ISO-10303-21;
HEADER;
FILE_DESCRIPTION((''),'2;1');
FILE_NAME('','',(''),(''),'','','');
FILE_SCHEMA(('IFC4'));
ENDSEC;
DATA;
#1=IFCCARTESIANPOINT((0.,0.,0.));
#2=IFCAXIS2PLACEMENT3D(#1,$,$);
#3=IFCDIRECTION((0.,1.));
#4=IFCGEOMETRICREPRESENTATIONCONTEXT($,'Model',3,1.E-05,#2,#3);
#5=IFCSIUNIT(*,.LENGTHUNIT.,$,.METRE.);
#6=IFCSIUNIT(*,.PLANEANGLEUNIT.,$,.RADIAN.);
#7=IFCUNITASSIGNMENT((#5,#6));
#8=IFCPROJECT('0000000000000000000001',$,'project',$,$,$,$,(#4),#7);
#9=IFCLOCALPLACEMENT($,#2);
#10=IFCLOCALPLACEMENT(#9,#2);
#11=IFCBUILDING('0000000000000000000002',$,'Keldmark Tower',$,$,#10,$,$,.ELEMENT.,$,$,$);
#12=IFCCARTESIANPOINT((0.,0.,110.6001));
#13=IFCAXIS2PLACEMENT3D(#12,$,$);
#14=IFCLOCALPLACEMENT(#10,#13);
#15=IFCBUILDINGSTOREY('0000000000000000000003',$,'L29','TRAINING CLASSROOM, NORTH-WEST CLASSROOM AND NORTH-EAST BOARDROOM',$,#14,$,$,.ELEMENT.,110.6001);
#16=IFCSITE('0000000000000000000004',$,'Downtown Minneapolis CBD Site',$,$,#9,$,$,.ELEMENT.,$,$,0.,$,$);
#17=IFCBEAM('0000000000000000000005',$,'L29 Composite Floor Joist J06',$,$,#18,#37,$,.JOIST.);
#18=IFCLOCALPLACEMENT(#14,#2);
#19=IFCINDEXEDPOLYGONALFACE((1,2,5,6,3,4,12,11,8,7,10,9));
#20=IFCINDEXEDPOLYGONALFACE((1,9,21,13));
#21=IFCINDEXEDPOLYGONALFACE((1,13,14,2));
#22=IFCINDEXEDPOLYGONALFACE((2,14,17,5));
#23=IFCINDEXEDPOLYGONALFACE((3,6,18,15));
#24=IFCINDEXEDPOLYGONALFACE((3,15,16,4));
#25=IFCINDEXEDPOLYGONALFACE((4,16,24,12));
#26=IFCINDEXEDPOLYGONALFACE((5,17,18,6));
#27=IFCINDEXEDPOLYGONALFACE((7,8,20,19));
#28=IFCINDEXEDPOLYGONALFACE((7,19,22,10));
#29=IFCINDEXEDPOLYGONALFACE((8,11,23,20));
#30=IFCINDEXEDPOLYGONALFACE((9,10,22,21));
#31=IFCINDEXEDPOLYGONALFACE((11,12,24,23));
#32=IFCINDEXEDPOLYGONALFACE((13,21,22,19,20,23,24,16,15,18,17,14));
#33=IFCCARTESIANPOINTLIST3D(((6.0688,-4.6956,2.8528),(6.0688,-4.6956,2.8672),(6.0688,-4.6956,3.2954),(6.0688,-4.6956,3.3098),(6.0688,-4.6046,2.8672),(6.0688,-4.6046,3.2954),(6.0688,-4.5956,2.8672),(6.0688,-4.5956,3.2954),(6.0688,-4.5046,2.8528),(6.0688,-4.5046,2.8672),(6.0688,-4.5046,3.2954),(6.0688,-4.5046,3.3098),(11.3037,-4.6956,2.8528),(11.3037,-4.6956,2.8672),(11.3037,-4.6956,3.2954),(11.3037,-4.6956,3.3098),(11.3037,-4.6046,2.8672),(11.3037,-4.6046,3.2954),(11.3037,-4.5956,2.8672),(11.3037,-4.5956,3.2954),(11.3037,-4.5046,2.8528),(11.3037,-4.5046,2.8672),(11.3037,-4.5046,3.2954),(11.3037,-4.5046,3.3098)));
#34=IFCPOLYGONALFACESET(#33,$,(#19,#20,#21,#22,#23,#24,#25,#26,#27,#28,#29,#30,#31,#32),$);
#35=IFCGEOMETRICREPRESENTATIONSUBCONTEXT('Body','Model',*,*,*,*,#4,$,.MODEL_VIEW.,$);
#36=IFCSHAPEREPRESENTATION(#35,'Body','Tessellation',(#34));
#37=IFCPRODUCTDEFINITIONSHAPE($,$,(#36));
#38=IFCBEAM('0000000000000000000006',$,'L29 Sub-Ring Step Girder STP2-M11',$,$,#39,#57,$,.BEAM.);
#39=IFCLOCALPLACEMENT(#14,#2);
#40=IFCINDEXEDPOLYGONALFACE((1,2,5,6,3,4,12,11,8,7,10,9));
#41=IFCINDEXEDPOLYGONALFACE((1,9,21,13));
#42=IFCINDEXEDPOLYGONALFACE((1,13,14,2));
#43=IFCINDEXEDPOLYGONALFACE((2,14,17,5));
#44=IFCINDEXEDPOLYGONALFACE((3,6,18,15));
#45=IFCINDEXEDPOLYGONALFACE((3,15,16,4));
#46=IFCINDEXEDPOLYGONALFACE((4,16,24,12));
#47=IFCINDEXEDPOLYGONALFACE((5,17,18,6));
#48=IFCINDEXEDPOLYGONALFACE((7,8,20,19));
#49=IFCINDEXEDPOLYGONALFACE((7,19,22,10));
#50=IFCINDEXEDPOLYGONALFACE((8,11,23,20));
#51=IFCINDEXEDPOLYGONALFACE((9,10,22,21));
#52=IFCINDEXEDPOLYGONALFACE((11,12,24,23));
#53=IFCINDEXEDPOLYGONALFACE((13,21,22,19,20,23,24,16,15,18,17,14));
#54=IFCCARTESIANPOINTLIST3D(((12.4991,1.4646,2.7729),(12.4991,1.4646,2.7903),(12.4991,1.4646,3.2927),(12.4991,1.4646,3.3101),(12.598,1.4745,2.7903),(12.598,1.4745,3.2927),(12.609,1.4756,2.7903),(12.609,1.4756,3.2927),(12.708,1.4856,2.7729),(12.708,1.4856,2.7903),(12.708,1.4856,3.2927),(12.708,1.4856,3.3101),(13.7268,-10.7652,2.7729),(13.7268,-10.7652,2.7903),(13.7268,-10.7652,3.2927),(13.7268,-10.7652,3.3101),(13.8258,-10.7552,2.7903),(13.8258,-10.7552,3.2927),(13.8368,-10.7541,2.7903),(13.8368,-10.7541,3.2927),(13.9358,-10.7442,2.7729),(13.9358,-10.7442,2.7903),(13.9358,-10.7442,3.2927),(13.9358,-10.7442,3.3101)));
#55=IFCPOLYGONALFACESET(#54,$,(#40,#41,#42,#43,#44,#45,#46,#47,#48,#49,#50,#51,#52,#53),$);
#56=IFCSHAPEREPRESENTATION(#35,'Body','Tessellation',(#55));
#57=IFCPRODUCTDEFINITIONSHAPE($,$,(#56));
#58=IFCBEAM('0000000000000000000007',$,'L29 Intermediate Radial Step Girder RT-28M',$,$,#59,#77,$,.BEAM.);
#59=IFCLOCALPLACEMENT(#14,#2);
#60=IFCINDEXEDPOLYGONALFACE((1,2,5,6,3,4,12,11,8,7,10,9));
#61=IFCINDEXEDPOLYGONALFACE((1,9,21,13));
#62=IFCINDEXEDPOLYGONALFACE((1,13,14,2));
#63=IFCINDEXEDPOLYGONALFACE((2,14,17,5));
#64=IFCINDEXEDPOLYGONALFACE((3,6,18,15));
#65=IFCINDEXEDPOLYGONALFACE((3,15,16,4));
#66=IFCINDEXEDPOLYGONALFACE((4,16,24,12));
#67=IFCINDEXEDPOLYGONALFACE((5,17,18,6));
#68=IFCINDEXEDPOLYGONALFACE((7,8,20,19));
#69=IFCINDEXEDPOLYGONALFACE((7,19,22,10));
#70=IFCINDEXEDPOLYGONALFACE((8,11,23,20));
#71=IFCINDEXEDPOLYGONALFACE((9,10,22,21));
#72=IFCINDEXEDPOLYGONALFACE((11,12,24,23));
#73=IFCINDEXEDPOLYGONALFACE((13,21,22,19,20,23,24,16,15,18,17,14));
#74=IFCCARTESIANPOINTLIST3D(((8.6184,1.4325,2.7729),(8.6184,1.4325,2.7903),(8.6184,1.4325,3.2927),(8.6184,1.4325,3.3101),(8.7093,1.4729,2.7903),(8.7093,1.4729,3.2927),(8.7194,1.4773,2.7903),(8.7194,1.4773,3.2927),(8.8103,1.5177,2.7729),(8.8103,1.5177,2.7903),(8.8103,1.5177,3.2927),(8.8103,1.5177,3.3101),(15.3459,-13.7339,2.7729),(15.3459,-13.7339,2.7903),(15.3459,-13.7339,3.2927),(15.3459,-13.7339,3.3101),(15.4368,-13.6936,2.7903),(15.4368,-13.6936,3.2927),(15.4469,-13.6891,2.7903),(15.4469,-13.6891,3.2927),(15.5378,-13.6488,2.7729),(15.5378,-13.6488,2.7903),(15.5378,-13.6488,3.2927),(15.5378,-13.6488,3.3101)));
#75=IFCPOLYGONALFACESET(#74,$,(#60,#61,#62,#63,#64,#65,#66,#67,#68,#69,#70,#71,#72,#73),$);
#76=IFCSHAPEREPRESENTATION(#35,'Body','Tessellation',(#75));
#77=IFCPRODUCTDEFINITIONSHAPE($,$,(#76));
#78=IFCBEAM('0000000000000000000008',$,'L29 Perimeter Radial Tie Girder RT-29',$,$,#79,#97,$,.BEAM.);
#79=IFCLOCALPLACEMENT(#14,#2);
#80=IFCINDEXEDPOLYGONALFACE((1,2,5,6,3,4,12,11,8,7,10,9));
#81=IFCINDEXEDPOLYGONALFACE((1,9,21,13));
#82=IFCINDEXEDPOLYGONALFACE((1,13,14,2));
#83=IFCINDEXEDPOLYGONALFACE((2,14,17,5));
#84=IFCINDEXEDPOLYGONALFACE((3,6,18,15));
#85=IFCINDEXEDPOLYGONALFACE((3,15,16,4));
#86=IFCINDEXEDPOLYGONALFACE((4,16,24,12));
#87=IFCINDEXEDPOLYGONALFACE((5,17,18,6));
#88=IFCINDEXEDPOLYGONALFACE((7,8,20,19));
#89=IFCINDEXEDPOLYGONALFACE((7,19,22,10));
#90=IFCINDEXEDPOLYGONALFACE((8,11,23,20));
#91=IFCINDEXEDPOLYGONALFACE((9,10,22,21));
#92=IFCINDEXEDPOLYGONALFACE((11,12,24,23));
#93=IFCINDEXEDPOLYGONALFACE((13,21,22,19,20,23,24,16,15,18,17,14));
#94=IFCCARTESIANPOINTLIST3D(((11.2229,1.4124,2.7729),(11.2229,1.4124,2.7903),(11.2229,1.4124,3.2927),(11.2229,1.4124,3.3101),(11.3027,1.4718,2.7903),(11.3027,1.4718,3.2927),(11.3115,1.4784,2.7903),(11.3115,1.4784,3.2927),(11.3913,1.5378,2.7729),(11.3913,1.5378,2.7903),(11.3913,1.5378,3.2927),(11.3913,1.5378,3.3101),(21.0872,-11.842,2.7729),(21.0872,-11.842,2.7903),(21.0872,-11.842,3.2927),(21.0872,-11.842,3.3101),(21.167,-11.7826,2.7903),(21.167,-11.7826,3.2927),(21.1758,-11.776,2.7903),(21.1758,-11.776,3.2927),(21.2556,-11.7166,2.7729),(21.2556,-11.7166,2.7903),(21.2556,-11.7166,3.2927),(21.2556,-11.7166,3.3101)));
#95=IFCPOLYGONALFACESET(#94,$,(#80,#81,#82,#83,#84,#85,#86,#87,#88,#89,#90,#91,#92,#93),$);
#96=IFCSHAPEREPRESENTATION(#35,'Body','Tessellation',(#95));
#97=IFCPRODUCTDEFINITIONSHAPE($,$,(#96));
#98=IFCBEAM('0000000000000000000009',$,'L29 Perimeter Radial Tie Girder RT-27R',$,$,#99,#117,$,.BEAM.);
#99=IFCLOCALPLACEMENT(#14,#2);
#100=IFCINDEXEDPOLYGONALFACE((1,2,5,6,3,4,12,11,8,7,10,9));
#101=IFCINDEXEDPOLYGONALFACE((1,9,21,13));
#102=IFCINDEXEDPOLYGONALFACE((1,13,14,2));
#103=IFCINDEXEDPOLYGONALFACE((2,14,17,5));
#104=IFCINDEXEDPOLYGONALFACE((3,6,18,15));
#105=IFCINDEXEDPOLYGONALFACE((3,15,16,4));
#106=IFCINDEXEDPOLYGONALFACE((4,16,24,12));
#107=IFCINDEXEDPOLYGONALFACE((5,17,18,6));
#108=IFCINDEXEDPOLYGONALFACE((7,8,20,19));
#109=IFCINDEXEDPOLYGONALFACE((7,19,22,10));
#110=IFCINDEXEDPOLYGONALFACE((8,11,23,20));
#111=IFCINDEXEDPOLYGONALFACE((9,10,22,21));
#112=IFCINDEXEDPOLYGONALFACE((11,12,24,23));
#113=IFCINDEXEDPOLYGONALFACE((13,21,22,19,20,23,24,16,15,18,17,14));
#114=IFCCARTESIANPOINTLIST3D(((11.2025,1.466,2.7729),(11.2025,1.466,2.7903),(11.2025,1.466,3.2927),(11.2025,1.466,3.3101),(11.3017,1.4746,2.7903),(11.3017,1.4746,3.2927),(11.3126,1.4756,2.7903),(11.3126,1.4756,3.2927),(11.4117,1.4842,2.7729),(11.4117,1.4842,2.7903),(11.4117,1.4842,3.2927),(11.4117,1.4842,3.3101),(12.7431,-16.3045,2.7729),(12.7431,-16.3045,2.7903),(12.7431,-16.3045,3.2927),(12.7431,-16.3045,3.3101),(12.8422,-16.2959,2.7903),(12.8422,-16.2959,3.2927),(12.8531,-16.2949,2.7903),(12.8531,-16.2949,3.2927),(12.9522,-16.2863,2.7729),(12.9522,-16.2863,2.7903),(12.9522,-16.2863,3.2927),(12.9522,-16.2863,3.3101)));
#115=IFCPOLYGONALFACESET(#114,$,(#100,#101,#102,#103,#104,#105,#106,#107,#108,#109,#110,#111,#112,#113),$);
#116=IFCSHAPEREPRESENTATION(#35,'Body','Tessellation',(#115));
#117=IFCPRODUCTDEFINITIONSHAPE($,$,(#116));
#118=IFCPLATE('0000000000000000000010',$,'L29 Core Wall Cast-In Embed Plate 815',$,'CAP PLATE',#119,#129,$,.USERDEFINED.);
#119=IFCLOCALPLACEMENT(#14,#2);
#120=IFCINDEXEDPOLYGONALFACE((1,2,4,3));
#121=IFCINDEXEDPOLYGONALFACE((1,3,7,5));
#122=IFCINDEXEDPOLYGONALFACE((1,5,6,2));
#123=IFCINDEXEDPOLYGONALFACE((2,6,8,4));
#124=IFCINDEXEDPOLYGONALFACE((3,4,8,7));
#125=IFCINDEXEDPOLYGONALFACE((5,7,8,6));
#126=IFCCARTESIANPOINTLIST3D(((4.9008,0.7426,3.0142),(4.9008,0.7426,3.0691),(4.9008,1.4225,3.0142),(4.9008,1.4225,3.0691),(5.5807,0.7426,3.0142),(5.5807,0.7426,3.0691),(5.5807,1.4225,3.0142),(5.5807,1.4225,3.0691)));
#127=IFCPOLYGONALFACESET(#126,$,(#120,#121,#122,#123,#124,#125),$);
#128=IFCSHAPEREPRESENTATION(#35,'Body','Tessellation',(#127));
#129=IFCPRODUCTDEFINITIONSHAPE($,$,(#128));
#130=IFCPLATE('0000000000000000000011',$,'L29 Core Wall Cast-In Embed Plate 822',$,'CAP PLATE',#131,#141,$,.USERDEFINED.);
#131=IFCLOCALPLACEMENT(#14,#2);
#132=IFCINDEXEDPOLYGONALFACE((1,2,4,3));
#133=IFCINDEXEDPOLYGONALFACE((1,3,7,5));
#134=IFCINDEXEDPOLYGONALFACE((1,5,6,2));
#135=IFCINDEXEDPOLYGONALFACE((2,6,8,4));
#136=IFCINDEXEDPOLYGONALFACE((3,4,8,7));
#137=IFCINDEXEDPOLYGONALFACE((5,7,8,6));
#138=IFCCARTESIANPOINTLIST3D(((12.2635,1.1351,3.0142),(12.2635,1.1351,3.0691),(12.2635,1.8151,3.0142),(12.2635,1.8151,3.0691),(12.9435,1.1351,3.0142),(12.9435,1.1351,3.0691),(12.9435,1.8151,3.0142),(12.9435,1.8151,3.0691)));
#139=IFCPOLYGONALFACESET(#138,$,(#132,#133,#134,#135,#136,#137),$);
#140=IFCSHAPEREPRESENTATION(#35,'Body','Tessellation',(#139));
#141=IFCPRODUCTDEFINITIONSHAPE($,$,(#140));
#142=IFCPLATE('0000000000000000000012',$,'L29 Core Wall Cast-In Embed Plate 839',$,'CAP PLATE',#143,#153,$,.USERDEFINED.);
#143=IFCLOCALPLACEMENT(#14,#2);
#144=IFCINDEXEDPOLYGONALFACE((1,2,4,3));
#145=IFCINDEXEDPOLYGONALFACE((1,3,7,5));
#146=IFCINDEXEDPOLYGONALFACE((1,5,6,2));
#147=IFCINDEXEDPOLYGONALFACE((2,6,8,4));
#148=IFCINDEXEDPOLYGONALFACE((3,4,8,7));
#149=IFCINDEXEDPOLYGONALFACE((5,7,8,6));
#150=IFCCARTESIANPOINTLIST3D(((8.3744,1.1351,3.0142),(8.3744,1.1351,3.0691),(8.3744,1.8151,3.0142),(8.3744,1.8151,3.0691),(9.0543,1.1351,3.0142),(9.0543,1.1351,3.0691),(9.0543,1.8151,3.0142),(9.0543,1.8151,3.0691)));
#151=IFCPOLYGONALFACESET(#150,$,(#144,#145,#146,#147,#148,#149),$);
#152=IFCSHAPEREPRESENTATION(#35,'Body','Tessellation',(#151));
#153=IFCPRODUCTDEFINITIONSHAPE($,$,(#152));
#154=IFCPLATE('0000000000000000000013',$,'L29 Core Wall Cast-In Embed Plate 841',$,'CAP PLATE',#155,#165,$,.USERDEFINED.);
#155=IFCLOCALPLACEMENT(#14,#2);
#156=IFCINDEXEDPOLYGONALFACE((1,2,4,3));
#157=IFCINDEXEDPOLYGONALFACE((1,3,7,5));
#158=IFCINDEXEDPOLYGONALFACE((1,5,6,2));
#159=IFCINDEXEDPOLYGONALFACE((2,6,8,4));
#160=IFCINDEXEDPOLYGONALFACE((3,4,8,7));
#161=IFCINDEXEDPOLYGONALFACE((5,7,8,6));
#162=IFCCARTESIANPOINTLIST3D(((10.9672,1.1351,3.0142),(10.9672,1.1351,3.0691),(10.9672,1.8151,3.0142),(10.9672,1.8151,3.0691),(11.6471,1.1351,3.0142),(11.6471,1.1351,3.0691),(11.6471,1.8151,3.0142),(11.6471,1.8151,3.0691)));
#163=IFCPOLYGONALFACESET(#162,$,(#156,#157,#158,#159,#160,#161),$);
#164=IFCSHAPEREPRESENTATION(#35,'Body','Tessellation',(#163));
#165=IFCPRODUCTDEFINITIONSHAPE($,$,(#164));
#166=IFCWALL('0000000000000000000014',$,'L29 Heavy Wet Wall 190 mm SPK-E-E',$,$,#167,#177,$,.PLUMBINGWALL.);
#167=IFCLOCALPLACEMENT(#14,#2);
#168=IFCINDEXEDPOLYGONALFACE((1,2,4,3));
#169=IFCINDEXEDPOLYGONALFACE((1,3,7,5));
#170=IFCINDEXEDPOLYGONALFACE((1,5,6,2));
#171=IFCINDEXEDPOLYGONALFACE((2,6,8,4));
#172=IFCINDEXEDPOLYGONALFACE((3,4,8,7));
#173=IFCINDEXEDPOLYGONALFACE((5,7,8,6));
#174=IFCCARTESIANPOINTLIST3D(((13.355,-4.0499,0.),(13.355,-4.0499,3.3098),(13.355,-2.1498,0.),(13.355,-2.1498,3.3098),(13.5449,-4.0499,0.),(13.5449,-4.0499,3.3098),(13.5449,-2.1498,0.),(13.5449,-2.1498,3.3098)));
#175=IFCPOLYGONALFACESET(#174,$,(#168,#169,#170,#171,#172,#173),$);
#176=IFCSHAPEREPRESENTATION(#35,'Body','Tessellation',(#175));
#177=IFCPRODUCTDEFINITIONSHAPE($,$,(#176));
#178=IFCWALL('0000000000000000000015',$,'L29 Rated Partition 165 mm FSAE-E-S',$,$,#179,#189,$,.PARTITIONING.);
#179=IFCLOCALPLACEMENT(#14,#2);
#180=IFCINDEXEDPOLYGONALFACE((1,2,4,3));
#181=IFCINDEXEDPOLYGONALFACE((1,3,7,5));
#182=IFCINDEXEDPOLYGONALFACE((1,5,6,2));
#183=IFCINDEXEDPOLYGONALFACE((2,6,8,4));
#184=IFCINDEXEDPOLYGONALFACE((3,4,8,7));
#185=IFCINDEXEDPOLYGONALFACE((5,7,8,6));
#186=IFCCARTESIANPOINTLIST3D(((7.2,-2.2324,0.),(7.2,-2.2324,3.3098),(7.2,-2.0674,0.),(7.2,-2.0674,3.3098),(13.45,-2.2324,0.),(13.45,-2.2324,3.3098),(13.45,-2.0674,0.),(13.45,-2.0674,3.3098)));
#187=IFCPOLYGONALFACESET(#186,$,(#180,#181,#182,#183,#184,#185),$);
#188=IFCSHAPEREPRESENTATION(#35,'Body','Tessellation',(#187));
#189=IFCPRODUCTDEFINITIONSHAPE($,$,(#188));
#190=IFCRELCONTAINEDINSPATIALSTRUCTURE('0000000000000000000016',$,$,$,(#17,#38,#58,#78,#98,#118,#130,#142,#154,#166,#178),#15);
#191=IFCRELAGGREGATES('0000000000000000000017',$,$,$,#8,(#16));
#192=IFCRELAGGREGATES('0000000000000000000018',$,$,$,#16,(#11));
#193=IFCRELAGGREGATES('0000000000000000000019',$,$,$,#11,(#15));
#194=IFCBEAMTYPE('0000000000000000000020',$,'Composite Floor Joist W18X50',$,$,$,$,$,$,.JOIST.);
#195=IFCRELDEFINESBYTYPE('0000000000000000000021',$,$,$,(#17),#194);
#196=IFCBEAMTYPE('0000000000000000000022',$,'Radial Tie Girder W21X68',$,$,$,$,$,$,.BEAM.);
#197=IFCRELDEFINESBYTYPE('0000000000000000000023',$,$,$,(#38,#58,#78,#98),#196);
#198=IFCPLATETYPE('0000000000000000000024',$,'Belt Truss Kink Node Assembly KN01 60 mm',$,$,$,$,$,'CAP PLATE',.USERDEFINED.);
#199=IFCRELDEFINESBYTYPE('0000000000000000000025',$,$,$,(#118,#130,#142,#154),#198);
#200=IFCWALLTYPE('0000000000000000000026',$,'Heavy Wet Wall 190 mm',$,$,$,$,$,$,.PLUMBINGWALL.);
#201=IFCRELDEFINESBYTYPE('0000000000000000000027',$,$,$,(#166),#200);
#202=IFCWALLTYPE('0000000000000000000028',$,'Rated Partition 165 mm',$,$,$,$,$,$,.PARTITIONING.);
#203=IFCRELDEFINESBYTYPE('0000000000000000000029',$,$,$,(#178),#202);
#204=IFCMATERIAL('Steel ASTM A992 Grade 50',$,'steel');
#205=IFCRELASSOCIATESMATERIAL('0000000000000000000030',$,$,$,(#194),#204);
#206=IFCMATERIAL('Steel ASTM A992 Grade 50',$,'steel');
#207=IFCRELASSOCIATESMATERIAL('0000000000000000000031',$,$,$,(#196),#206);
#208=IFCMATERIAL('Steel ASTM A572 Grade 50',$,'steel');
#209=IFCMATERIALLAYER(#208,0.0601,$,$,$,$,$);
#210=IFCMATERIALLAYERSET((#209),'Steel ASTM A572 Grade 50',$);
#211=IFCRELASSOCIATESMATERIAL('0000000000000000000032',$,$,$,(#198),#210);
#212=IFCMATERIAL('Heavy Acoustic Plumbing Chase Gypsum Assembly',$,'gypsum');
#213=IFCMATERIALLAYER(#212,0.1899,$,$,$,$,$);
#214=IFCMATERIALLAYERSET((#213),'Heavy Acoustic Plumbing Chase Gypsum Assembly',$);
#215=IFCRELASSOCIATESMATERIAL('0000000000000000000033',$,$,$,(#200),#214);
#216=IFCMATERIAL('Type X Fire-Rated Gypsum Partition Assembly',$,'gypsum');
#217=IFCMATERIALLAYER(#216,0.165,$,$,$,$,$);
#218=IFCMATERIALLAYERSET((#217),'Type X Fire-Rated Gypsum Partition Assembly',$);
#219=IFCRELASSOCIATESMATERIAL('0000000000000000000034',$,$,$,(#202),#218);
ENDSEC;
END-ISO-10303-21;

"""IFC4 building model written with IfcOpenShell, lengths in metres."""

from ifc_helpers import new_model, si_unit, direction, frame, frame_2d, origin, origin_2d, place, context, subcontext, project, spatial, rectangle, i_section, extrude, material, layer, layer_set, material_profile, profile_set, type_object, element, save


model = new_model("IFC4")

# Units and contexts
model_context = context("Model", 3, precision=1e-05, world=origin(), true_north=direction((0.0, 1.0)))
body_context = subcontext(model_context, "Body", "Model", "MODEL_VIEW")
ifc_project = project(units=[si_unit("LENGTHUNIT", "METRE"), si_unit("PLANEANGLEUNIT", "RADIAN")], contexts=[model_context])

# Site, building, storey
site_placement = place(None, origin())
site = spatial("IfcSite", under=ifc_project, at=site_placement, Name="Downtown Minneapolis CBD Site", CompositionType="ELEMENT", RefElevation=0.0)
building_placement = place(site_placement, origin())
building = spatial("IfcBuilding", under=site, at=building_placement, Name="Keldmark Tower", CompositionType="ELEMENT")
storey_placement = place(building_placement, frame((0.0, 0.0, 110.6001)))
storey = spatial("IfcBuildingStorey", under=building, at=storey_placement, Name="L29", Description="TRAINING CLASSROOM, NORTH-WEST CLASSROOM AND NORTH-EAST BOARDROOM", CompositionType="ELEMENT", Elevation=110.6001)

# Beams
ifc_material_1 = material(Name="Steel ASTM A992 Grade 50", Category="steel")
ifc_material_profile_1 = material_profile(ifc_material_1, i_section(OverallWidth=0.1909, OverallDepth=0.457, WebThickness=0.009, FlangeThickness=0.0144, at=origin_2d()), Name="W18X50")
ifc_profile_set_1 = profile_set([ifc_material_profile_1], Name="Steel ASTM A992 Grade 50")
beam_type_1 = type_object("IfcBeamType", Name="Composite Floor Joist W18X50", PredefinedType="JOIST", material=ifc_profile_set_1)
beam_1_placement = place(storey_placement, frame((6.0688, -4.6001, 3.0813), z_axis=(1.0, 0.0, 0.0), x_axis=(0.0, 1.0, 0.0)))
element("IfcBeam", 1, at=beam_1_placement, inside=storey, type_object=beam_type_1, Name="L29 Composite Floor Joist J06", PredefinedType="JOIST", context=body_context, shape_type="SweptSolid", body=[
    extrude(i_section(OverallWidth=0.1909, OverallDepth=0.457, WebThickness=0.009, FlangeThickness=0.0144, at=origin_2d()), origin(), (0.0, 0.0, 1.0), 5.2349),
])
ifc_material_2 = material(Name="Steel ASTM A992 Grade 50", Category="steel")
ifc_material_profile_2 = material_profile(ifc_material_2, i_section(OverallWidth=0.21, OverallDepth=0.5371, WebThickness=0.011, FlangeThickness=0.0173, at=origin_2d()), Name="W21X68")
ifc_profile_set_2 = profile_set([ifc_material_profile_2], Name="Steel ASTM A992 Grade 50")
beam_type_2 = type_object("IfcBeamType", Name="Radial Tie Girder W21X68", PredefinedType="BEAM", material=ifc_profile_set_2)
beam_2_placement = place(storey_placement, frame((12.6035, 1.4751, 3.0415), z_axis=(0.099891, -0.994998, 0.0), x_axis=(0.994998, 0.099891, 0.0)))
element("IfcBeam", 2, at=beam_2_placement, inside=storey, type_object=beam_type_2, Name="L29 Sub-Ring Step Girder STP2-M11", PredefinedType="BEAM", context=body_context, shape_type="SweptSolid", body=[
    extrude(i_section(OverallWidth=0.21, OverallDepth=0.5371, WebThickness=0.011, FlangeThickness=0.0173, at=origin_2d()), origin(), (0.0, 0.0, 1.0), 12.2913),
])
beam_3_placement = place(storey_placement, frame((8.7144, 1.4751, 3.0415), z_axis=(0.405478, -0.914105, 0.0), x_axis=(0.914105, 0.405478, 0.0)))
element("IfcBeam", 3, at=beam_3_placement, inside=storey, type_object=beam_type_2, Name="L29 Intermediate Radial Step Girder RT-28M", PredefinedType="BEAM", context=body_context, shape_type="SweptSolid", body=[
    extrude(i_section(OverallWidth=0.21, OverallDepth=0.5371, WebThickness=0.011, FlangeThickness=0.0173, at=origin_2d()), origin(), (0.0, 0.0, 1.0), 16.5916),
])
beam_4_placement = place(storey_placement, frame((11.3071, 1.4751, 3.0415), z_axis=(0.597031, -0.802218, 0.0), x_axis=(0.802218, 0.597031, 0.0)))
element("IfcBeam", 4, at=beam_4_placement, inside=storey, type_object=beam_type_2, Name="L29 Perimeter Radial Tie Girder RT-29", PredefinedType="BEAM", context=body_context, shape_type="SweptSolid", body=[
    extrude(i_section(OverallWidth=0.21, OverallDepth=0.5371, WebThickness=0.011, FlangeThickness=0.0173, at=origin_2d()), origin(), (0.0, 0.0, 1.0), 16.5222),
])
beam_5_placement = place(storey_placement, frame((11.3071, 1.4751, 3.0415), z_axis=(0.086366, -0.996263, 0.0), x_axis=(0.996263, 0.086366, 0.0)))
element("IfcBeam", 5, at=beam_5_placement, inside=storey, type_object=beam_type_2, Name="L29 Perimeter Radial Tie Girder RT-27R", PredefinedType="BEAM", context=body_context, shape_type="SweptSolid", body=[
    extrude(i_section(OverallWidth=0.21, OverallDepth=0.5371, WebThickness=0.011, FlangeThickness=0.0173, at=origin_2d()), origin(), (0.0, 0.0, 1.0), 17.8372),
])

# Plates
ifc_material_3 = material(Name="Steel ASTM A572 Grade 50", Category="steel")
ifc_layer_1 = layer(ifc_material_3, 0.0601)
ifc_layer_set_1 = layer_set([ifc_layer_1], Name="Steel ASTM A572 Grade 50")
plate_type = type_object("IfcPlateType", Name="Belt Truss Kink Node Assembly KN01 60 mm", ElementType="CAP PLATE", PredefinedType="USERDEFINED", material=ifc_layer_set_1)
for number, where, z_axis, x_axis, name in (
    (6, (5.2407, 1.0825, 3.0142), (0.0, 0.0, 1.0), (1.0, 0.0, 0.0), "L29 Core Wall Cast-In Embed Plate 815"),
    (7, (12.6035, 1.4751, 3.0142), (0.0, 0.0, 1.0), (1.0, 0.0, 0.0), "L29 Core Wall Cast-In Embed Plate 822"),
    (8, (8.7144, 1.4751, 3.0142), (0.0, 0.0, 1.0), (1.0, 0.0, 0.0), "L29 Core Wall Cast-In Embed Plate 839"),
    (9, (11.3071, 1.4751, 3.0142), (0.0, 0.0, 1.0), (1.0, 0.0, 0.0), "L29 Core Wall Cast-In Embed Plate 841"),
):
    element("IfcPlate", number, at=place(storey_placement, frame(where, z_axis=z_axis, x_axis=x_axis)), inside=storey, type_object=plate_type, Name=name, ObjectType="CAP PLATE", PredefinedType="USERDEFINED", context=body_context, shape_type="SweptSolid", body=[
        extrude(rectangle(XDim=0.6799, YDim=0.6799, at=origin_2d()), origin(), (0.0, 0.0, 1.0), 0.0549),
    ])

# Walls
ifc_material_4 = material(Name="Heavy Acoustic Plumbing Chase Gypsum Assembly", Category="gypsum")
ifc_layer_2 = layer(ifc_material_4, 0.1899)
ifc_layer_set_2 = layer_set([ifc_layer_2], Name="Heavy Acoustic Plumbing Chase Gypsum Assembly")
wall_type_1 = type_object("IfcWallType", Name="Heavy Wet Wall 190 mm", PredefinedType="PLUMBINGWALL", material=ifc_layer_set_2)
wall_1_placement = place(storey_placement, frame((13.45, -4.05, 0.0), z_axis=(0.0, 0.0, 1.0), x_axis=(0.0, 1.0, 0.0)))
element("IfcWall", 10, at=wall_1_placement, inside=storey, type_object=wall_type_1, Name="L29 Heavy Wet Wall 190 mm SPK-E-E", PredefinedType="PLUMBINGWALL", context=body_context, shape_type="SweptSolid", body=[
    extrude(rectangle(XDim=1.9001, YDim=0.1899, at=frame_2d((0.9502, 0.0))), origin(), (0.0, 0.0, 1.0), 3.3098),
])
ifc_material_5 = material(Name="Type X Fire-Rated Gypsum Partition Assembly", Category="gypsum")
ifc_layer_3 = layer(ifc_material_5, 0.165)
ifc_layer_set_3 = layer_set([ifc_layer_3], Name="Type X Fire-Rated Gypsum Partition Assembly")
wall_type_2 = type_object("IfcWallType", Name="Rated Partition 165 mm", PredefinedType="PARTITIONING", material=ifc_layer_set_3)
wall_2_placement = place(storey_placement, frame((7.2, -2.1499, 0.0), z_axis=(0.0, 0.0, 1.0), x_axis=(1.0, 0.0, 0.0)))
element("IfcWall", 11, at=wall_2_placement, inside=storey, type_object=wall_type_2, Name="L29 Rated Partition 165 mm FSAE-E-S", PredefinedType="PARTITIONING", context=body_context, shape_type="SweptSolid", body=[
    extrude(rectangle(XDim=6.25, YDim=0.165, at=frame_2d((3.125, 0.0))), origin(), (0.0, 0.0, 1.0), 3.3098),
])

save(model, "model.ifc")
